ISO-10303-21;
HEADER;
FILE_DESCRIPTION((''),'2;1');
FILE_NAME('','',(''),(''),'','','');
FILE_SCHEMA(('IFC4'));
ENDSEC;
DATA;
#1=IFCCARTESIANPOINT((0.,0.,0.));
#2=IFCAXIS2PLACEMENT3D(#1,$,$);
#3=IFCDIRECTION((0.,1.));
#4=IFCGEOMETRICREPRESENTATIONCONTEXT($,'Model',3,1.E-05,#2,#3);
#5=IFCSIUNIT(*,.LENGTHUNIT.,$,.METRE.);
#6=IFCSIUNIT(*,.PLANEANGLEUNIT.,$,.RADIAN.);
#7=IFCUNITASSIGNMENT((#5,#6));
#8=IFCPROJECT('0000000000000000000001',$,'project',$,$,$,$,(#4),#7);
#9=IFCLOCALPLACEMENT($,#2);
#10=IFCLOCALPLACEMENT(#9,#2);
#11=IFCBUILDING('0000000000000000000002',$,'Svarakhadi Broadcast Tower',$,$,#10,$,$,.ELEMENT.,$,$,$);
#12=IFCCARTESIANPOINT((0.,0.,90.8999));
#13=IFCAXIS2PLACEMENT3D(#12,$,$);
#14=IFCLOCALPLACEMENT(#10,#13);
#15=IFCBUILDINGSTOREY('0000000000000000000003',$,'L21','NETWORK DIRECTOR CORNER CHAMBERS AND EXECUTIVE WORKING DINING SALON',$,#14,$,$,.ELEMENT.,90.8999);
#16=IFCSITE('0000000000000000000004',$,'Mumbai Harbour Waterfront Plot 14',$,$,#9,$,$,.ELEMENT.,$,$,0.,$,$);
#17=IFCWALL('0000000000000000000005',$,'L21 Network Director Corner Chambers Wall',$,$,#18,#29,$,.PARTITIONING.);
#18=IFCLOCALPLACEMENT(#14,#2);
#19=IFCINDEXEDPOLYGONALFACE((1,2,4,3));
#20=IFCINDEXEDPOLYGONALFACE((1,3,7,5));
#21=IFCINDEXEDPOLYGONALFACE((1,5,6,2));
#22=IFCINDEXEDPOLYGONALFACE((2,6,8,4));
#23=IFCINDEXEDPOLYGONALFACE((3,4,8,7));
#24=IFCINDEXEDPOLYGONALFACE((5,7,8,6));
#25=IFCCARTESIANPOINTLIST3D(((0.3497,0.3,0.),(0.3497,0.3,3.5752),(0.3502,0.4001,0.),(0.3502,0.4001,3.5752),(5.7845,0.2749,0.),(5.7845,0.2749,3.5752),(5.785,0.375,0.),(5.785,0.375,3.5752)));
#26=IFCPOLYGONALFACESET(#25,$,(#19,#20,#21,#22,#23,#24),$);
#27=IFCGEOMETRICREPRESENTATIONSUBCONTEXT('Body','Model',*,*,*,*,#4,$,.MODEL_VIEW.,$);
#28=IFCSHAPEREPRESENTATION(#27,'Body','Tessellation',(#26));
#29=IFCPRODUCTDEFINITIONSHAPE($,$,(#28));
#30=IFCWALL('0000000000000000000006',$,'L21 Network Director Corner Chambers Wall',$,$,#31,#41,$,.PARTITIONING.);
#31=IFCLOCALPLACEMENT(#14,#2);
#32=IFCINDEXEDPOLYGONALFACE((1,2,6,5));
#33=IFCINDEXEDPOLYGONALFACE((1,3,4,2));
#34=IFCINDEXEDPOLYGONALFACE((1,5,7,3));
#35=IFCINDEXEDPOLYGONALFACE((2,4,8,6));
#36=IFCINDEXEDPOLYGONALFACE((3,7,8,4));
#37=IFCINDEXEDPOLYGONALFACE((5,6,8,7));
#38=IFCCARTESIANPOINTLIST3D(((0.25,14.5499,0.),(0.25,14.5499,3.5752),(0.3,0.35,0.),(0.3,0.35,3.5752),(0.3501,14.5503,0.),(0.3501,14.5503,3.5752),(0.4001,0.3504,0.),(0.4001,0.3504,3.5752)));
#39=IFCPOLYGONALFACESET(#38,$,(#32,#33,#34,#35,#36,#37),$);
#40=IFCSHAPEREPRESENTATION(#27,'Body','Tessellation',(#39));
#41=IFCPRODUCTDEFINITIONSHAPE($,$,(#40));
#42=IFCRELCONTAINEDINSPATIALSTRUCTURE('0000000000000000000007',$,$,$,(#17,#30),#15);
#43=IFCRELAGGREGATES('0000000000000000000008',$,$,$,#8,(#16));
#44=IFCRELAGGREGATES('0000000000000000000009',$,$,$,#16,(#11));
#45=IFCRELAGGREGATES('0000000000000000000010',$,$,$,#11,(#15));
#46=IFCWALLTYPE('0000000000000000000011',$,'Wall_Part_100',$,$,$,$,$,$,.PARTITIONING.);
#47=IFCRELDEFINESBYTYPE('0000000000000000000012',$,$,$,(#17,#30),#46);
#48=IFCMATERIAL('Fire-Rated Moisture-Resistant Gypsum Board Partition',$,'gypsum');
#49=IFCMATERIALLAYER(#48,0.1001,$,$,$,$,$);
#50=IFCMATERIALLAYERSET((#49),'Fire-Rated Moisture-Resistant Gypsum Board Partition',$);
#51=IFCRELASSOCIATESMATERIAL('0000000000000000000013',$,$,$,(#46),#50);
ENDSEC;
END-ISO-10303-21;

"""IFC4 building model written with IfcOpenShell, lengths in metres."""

from ifc_helpers import new_model, si_unit, direction, frame, frame_2d, origin, place, context, subcontext, project, spatial, rectangle, extrude, material, layer, layer_set, type_object, element, save


model = new_model("IFC4")

# Units and contexts
model_context = context("Model", 3, precision=1e-05, world=origin(), true_north=direction((0.0, 1.0)))
body_context = subcontext(model_context, "Body", "Model", "MODEL_VIEW")
ifc_project = project(units=[si_unit("LENGTHUNIT", "METRE"), si_unit("PLANEANGLEUNIT", "RADIAN")], contexts=[model_context])

# Site, building, storey
site_placement = place(None, origin())
site = spatial("IfcSite", under=ifc_project, at=site_placement, Name="Mumbai Harbour Waterfront Plot 14", CompositionType="ELEMENT", RefElevation=0.0)
building_placement = place(site_placement, origin())
building = spatial("IfcBuilding", under=site, at=building_placement, Name="Svarakhadi Broadcast Tower", CompositionType="ELEMENT")
storey_placement = place(building_placement, frame((0.0, 0.0, 90.8999)))
storey = spatial("IfcBuildingStorey", under=building, at=storey_placement, Name="L21", Description="NETWORK DIRECTOR CORNER CHAMBERS AND EXECUTIVE WORKING DINING SALON", CompositionType="ELEMENT", Elevation=90.8999)

# Walls
ifc_material_1 = material(Name="Fire-Rated Moisture-Resistant Gypsum Board Partition", Category="gypsum")
ifc_layer_1 = layer(ifc_material_1, 0.1001)
ifc_layer_set_1 = layer_set([ifc_layer_1], Name="Fire-Rated Moisture-Resistant Gypsum Board Partition")
wall_type = type_object("IfcWallType", Name="Wall_Part_100", PredefinedType="PARTITIONING", material=ifc_layer_set_1)
wall_1_placement = place(storey_placement, frame((0.3501, 0.3501, 0.0), z_axis=(0.0, 0.0, 1.0), x_axis=(0.999989, -0.004627, 0.0)))
element("IfcWall", 1, at=wall_1_placement, inside=storey, type_object=wall_type, Name="L21 Network Director Corner Chambers Wall", PredefinedType="PARTITIONING", context=body_context, shape_type="SweptSolid", body=[
    extrude(rectangle(XDim=5.4348, YDim=0.1001, at=frame_2d((2.7173, 0.0))), origin(), (0.0, 0.0, 1.0), 3.5752),
])
wall_2_placement = place(storey_placement, frame((0.3501, 0.3501, 0.0), z_axis=(0.0, 0.0, 1.0), x_axis=(-0.003525, 0.999994, 0.0)))
element("IfcWall", 2, at=wall_2_placement, inside=storey, type_object=wall_type, Name="L21 Network Director Corner Chambers Wall", PredefinedType="PARTITIONING", context=body_context, shape_type="SweptSolid", body=[
    extrude(rectangle(XDim=14.2, YDim=0.1001, at=frame_2d((7.1001, 0.0))), origin(), (0.0, 0.0, 1.0), 3.5752),
])

save(model, "model.ifc")
